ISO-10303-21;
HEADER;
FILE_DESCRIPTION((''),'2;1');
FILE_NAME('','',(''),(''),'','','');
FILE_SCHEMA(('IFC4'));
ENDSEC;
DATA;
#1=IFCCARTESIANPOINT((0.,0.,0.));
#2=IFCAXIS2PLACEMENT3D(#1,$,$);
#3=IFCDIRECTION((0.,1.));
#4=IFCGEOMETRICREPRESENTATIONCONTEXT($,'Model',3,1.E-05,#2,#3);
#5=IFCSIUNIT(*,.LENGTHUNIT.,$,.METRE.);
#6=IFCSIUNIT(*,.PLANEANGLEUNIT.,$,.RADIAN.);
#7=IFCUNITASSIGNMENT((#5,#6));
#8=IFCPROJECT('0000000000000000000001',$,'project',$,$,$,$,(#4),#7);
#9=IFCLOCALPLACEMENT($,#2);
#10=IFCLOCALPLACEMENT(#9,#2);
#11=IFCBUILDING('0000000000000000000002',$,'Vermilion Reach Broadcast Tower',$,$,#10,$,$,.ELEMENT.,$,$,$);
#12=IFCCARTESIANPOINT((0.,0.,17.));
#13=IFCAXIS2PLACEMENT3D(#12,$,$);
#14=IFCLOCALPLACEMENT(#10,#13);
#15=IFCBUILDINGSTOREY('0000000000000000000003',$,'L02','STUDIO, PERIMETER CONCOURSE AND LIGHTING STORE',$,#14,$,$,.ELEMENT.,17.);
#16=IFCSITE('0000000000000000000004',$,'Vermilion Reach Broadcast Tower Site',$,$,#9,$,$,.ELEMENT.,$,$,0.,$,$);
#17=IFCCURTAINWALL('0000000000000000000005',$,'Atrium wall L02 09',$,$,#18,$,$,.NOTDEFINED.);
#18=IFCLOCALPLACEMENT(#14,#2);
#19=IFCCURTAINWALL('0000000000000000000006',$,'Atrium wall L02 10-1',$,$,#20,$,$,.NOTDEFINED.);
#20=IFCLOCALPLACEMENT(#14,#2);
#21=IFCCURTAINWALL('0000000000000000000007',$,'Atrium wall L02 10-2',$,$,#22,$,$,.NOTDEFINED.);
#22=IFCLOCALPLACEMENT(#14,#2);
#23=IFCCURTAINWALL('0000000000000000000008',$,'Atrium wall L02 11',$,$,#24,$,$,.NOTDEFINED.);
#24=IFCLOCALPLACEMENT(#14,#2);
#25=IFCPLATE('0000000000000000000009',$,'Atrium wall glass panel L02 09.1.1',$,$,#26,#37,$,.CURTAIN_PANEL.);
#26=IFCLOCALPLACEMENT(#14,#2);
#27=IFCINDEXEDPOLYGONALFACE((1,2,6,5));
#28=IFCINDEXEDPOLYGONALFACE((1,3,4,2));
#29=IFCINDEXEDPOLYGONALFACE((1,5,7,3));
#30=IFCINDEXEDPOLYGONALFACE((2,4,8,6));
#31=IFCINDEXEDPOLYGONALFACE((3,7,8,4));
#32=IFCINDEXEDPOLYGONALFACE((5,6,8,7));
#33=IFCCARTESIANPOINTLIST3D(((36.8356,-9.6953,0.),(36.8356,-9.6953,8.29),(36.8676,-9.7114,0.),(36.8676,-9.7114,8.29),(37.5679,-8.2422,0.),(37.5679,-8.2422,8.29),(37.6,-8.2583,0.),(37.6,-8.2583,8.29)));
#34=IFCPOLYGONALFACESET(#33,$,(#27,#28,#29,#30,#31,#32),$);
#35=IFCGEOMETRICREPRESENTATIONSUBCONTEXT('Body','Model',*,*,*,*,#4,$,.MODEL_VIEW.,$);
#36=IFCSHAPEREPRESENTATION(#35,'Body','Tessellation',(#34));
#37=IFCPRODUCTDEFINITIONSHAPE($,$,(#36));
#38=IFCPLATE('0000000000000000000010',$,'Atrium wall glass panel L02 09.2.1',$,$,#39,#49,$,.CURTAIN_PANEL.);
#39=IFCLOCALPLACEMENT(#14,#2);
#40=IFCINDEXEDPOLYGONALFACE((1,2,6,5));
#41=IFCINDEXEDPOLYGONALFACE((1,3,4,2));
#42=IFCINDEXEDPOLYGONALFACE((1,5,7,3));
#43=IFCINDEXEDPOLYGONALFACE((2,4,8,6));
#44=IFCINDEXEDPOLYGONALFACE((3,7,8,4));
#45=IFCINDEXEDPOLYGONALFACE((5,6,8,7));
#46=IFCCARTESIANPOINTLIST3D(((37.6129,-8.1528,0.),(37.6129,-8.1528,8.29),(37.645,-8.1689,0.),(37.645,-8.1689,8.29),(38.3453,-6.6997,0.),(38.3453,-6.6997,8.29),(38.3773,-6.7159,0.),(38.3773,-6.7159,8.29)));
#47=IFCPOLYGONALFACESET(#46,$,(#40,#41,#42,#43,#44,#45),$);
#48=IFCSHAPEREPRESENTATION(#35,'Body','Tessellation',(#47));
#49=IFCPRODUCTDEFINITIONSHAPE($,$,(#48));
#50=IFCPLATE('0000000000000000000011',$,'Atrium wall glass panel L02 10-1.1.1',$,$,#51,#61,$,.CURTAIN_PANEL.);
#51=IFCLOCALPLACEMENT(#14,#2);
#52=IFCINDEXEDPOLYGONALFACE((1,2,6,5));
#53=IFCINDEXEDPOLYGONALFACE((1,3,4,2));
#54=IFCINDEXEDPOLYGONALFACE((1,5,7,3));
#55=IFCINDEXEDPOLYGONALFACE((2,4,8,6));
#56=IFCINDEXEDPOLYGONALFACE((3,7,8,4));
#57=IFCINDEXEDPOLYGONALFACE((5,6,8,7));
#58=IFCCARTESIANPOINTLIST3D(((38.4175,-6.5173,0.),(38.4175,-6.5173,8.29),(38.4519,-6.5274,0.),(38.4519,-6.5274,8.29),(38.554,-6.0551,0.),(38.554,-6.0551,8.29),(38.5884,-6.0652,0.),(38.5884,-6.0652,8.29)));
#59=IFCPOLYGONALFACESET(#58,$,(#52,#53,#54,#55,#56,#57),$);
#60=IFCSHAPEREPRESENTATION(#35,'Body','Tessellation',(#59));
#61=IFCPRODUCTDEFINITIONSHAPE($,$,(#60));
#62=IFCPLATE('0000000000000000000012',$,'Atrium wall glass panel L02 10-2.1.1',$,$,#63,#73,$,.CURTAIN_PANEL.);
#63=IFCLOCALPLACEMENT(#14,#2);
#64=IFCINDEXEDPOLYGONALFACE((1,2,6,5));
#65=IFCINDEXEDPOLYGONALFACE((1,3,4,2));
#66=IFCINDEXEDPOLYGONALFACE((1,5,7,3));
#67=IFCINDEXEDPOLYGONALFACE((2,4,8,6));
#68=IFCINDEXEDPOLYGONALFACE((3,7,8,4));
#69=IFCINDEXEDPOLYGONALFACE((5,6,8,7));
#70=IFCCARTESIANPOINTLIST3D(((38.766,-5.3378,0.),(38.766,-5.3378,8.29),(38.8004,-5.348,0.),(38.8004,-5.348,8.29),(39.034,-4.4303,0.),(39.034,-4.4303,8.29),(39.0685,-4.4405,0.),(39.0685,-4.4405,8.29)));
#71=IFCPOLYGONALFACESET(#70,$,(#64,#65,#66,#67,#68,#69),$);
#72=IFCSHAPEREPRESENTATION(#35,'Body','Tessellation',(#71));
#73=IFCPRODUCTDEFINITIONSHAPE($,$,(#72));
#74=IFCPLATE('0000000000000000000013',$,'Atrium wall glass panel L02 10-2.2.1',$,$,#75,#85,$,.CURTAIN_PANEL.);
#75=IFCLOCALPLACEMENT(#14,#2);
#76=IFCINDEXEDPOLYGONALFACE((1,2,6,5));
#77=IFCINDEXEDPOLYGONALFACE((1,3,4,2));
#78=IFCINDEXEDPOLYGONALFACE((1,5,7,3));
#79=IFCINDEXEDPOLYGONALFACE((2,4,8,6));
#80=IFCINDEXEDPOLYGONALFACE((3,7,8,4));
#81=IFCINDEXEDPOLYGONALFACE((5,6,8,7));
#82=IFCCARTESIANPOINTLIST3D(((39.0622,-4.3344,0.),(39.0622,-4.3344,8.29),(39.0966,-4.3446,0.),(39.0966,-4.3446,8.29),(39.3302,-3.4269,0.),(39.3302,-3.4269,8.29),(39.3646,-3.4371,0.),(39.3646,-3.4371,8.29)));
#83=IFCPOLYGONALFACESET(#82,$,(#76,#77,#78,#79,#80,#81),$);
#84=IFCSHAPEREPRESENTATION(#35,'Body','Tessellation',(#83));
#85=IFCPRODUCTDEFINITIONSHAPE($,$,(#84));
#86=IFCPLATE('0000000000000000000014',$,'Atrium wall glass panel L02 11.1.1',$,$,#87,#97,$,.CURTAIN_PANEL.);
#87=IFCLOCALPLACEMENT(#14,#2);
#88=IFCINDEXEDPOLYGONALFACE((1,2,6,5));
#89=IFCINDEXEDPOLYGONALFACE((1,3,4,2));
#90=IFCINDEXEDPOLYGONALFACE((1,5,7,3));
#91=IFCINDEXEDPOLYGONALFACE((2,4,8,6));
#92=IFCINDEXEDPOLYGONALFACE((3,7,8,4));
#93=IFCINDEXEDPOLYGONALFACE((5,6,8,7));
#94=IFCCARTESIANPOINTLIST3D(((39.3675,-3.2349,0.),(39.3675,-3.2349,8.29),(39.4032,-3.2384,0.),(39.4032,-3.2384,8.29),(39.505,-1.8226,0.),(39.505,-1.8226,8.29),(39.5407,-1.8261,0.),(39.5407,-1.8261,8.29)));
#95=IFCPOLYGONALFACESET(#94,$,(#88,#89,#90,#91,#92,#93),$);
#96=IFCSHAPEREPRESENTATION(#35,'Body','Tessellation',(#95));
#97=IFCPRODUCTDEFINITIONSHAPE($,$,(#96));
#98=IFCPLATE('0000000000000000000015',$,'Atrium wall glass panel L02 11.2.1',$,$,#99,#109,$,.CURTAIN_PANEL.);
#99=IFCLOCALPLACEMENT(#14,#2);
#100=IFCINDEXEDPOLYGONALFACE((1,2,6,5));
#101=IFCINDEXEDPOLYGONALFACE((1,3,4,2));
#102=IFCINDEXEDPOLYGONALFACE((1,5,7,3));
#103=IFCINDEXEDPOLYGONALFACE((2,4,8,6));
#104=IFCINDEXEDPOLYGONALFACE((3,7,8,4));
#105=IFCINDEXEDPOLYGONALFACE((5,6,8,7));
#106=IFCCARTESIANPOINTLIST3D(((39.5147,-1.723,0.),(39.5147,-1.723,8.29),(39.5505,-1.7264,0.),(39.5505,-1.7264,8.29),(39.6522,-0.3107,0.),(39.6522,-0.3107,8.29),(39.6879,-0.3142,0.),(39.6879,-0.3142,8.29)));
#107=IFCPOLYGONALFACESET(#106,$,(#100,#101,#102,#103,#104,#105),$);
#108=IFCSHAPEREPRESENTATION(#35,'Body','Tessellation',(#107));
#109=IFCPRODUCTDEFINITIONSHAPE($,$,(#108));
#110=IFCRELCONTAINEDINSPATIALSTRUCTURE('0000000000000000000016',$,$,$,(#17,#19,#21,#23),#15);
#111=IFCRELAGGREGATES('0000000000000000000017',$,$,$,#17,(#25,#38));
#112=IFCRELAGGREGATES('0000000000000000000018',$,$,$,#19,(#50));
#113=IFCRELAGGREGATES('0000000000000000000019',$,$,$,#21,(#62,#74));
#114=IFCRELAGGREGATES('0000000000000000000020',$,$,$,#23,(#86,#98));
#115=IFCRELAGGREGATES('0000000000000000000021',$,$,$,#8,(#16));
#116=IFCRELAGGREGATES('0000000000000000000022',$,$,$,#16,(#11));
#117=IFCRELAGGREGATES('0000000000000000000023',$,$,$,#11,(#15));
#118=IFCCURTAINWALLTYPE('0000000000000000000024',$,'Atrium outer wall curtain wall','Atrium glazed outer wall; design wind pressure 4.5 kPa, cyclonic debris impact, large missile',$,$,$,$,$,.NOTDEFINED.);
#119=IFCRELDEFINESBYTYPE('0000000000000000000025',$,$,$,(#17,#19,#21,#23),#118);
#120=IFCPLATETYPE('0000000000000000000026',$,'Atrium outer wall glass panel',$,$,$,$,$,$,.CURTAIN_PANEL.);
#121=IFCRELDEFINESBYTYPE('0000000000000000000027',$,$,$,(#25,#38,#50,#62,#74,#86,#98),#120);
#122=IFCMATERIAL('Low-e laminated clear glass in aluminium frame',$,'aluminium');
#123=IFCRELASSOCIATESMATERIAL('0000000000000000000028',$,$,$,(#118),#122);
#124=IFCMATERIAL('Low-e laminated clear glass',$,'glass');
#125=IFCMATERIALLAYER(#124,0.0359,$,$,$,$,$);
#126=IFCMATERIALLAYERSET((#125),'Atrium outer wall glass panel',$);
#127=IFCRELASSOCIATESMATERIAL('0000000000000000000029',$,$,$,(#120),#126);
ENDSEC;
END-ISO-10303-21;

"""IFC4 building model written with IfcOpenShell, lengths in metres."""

from ifc_helpers import new_model, si_unit, direction, frame, origin, origin_2d, place, context, subcontext, project, spatial, rectangle, extrude, material, layer, layer_set, type_object, element, aggregate, save


model = new_model("IFC4")

# Units and contexts
model_context = context("Model", 3, precision=1e-05, world=origin(), true_north=direction((0.0, 1.0)))
body_context = subcontext(model_context, "Body", "Model", "MODEL_VIEW")
ifc_project = project(units=[si_unit("LENGTHUNIT", "METRE"), si_unit("PLANEANGLEUNIT", "RADIAN")], contexts=[model_context])

# Site, building, storey
site_placement = place(None, origin())
site = spatial("IfcSite", under=ifc_project, at=site_placement, Name="Vermilion Reach Broadcast Tower Site", CompositionType="ELEMENT", RefElevation=0.0)
building_placement = place(site_placement, origin())
building = spatial("IfcBuilding", under=site, at=building_placement, Name="Vermilion Reach Broadcast Tower", CompositionType="ELEMENT")
storey_placement = place(building_placement, frame((0.0, 0.0, 17.0)))
storey = spatial("IfcBuildingStorey", under=building, at=storey_placement, Name="L02", Description="STUDIO, PERIMETER CONCOURSE AND LIGHTING STORE", CompositionType="ELEMENT", Elevation=17.0)

# Curtain walls
ifc_material_1 = material(Name="Low-e laminated clear glass in aluminium frame", Category="aluminium")
curtain_wall_type = type_object("IfcCurtainWallType", Name="Atrium outer wall curtain wall", Description="Atrium glazed outer wall; design wind pressure 4.5 kPa, cyclonic debris impact, large missile", PredefinedType="NOTDEFINED", material=ifc_material_1)
placement = place(storey_placement, origin())
curtain_wall_1 = element("IfcCurtainWall", 1, at=placement, inside=storey, type_object=curtain_wall_type, Name="Atrium wall L02 09", PredefinedType="NOTDEFINED")
curtain_wall_2 = element("IfcCurtainWall", 2, at=placement, inside=storey, type_object=curtain_wall_type, Name="Atrium wall L02 10-1", PredefinedType="NOTDEFINED")
curtain_wall_3 = element("IfcCurtainWall", 3, at=placement, inside=storey, type_object=curtain_wall_type, Name="Atrium wall L02 10-2", PredefinedType="NOTDEFINED")
curtain_wall_4 = element("IfcCurtainWall", 4, at=placement, inside=storey, type_object=curtain_wall_type, Name="Atrium wall L02 11", PredefinedType="NOTDEFINED")

# Plates
ifc_material_2 = material(Name="Low-e laminated clear glass", Category="glass")
ifc_layer = layer(ifc_material_2, 0.0359)
ifc_layer_set = layer_set([ifc_layer], Name="Atrium outer wall glass panel")
plate_type = type_object("IfcPlateType", Name="Atrium outer wall glass panel", PredefinedType="CURTAIN_PANEL", material=ifc_layer_set)
plate_1_placement = place(storey_placement, frame((37.2178, -8.9768, 0.0), z_axis=(0.0, 0.0, 1.0), x_axis=(0.450072, 0.892992, 0.0)))
plate_1 = element("IfcPlate", 5, at=plate_1_placement, type_object=plate_type, Name="Atrium wall glass panel L02 09.1.1", PredefinedType="CURTAIN_PANEL", context=body_context, shape_type="SweptSolid", body=[
    extrude(rectangle(XDim=1.6272, YDim=0.0359, at=origin_2d()), origin(), (0.0, 0.0, 1.0), 8.29),
])
plate_2_placement = place(storey_placement, frame((37.9951, -7.4343, 0.0), z_axis=(0.0, 0.0, 1.0), x_axis=(0.450072, 0.892992, 0.0)))
plate_2 = element("IfcPlate", 6, at=plate_2_placement, type_object=plate_type, Name="Atrium wall glass panel L02 09.2.1", PredefinedType="CURTAIN_PANEL", context=body_context, shape_type="SweptSolid", body=[
    extrude(rectangle(XDim=1.6272, YDim=0.0359, at=origin_2d()), origin(), (0.0, 0.0, 1.0), 8.29),
])
aggregate(curtain_wall_1, [plate_1, plate_2])
plate_3_placement = place(storey_placement, frame((38.5029, -6.2913, 0.0), z_axis=(0.0, 0.0, 1.0), x_axis=(0.283245, 0.959048, 0.0)))
plate_3 = element("IfcPlate", 7, at=plate_3_placement, type_object=plate_type, Name="Atrium wall glass panel L02 10-1.1.1", PredefinedType="CURTAIN_PANEL", context=body_context, shape_type="SweptSolid", body=[
    extrude(rectangle(XDim=0.4819, YDim=0.0359, at=origin_2d()), origin(), (0.0, 0.0, 1.0), 8.29),
])
aggregate(curtain_wall_2, [plate_3])
plate_4_placement = place(storey_placement, frame((38.9172, -4.8892, 0.0), z_axis=(0.0, 0.0, 1.0), x_axis=(0.283245, 0.959048, 0.0)))
plate_4 = element("IfcPlate", 8, at=plate_4_placement, type_object=plate_type, Name="Atrium wall glass panel L02 10-2.1.1", PredefinedType="CURTAIN_PANEL", context=body_context, shape_type="SweptSolid", body=[
    extrude(rectangle(XDim=0.9463, YDim=0.0359, at=origin_2d()), origin(), (0.0, 0.0, 1.0), 8.29),
])
plate_5_placement = place(storey_placement, frame((39.2134, -3.8857, 0.0), z_axis=(0.0, 0.0, 1.0), x_axis=(0.283245, 0.959048, 0.0)))
plate_5 = element("IfcPlate", 9, at=plate_5_placement, type_object=plate_type, Name="Atrium wall glass panel L02 10-2.2.1", PredefinedType="CURTAIN_PANEL", context=body_context, shape_type="SweptSolid", body=[
    extrude(rectangle(XDim=0.9463, YDim=0.0359, at=origin_2d()), origin(), (0.0, 0.0, 1.0), 8.29),
])
aggregate(curtain_wall_3, [plate_4, plate_5])
plate_6_placement = place(storey_placement, frame((39.4541, -2.5305, 0.0), z_axis=(0.0, 0.0, 1.0), x_axis=(0.096861, 0.995298, 0.0)))
plate_6 = element("IfcPlate", 10, at=plate_6_placement, type_object=plate_type, Name="Atrium wall glass panel L02 11.1.1", PredefinedType="CURTAIN_PANEL", context=body_context, shape_type="SweptSolid", body=[
    extrude(rectangle(XDim=1.4189, YDim=0.0359, at=origin_2d()), origin(), (0.0, 0.0, 1.0), 8.29),
])
plate_7_placement = place(storey_placement, frame((39.6013, -1.0186, 0.0), z_axis=(0.0, 0.0, 1.0), x_axis=(0.096861, 0.995298, 0.0)))
plate_7 = element("IfcPlate", 11, at=plate_7_placement, type_object=plate_type, Name="Atrium wall glass panel L02 11.2.1", PredefinedType="CURTAIN_PANEL", context=body_context, shape_type="SweptSolid", body=[
    extrude(rectangle(XDim=1.4189, YDim=0.0359, at=origin_2d()), origin(), (0.0, 0.0, 1.0), 8.29),
])
aggregate(curtain_wall_4, [plate_6, plate_7])

save(model, "model.ifc")
